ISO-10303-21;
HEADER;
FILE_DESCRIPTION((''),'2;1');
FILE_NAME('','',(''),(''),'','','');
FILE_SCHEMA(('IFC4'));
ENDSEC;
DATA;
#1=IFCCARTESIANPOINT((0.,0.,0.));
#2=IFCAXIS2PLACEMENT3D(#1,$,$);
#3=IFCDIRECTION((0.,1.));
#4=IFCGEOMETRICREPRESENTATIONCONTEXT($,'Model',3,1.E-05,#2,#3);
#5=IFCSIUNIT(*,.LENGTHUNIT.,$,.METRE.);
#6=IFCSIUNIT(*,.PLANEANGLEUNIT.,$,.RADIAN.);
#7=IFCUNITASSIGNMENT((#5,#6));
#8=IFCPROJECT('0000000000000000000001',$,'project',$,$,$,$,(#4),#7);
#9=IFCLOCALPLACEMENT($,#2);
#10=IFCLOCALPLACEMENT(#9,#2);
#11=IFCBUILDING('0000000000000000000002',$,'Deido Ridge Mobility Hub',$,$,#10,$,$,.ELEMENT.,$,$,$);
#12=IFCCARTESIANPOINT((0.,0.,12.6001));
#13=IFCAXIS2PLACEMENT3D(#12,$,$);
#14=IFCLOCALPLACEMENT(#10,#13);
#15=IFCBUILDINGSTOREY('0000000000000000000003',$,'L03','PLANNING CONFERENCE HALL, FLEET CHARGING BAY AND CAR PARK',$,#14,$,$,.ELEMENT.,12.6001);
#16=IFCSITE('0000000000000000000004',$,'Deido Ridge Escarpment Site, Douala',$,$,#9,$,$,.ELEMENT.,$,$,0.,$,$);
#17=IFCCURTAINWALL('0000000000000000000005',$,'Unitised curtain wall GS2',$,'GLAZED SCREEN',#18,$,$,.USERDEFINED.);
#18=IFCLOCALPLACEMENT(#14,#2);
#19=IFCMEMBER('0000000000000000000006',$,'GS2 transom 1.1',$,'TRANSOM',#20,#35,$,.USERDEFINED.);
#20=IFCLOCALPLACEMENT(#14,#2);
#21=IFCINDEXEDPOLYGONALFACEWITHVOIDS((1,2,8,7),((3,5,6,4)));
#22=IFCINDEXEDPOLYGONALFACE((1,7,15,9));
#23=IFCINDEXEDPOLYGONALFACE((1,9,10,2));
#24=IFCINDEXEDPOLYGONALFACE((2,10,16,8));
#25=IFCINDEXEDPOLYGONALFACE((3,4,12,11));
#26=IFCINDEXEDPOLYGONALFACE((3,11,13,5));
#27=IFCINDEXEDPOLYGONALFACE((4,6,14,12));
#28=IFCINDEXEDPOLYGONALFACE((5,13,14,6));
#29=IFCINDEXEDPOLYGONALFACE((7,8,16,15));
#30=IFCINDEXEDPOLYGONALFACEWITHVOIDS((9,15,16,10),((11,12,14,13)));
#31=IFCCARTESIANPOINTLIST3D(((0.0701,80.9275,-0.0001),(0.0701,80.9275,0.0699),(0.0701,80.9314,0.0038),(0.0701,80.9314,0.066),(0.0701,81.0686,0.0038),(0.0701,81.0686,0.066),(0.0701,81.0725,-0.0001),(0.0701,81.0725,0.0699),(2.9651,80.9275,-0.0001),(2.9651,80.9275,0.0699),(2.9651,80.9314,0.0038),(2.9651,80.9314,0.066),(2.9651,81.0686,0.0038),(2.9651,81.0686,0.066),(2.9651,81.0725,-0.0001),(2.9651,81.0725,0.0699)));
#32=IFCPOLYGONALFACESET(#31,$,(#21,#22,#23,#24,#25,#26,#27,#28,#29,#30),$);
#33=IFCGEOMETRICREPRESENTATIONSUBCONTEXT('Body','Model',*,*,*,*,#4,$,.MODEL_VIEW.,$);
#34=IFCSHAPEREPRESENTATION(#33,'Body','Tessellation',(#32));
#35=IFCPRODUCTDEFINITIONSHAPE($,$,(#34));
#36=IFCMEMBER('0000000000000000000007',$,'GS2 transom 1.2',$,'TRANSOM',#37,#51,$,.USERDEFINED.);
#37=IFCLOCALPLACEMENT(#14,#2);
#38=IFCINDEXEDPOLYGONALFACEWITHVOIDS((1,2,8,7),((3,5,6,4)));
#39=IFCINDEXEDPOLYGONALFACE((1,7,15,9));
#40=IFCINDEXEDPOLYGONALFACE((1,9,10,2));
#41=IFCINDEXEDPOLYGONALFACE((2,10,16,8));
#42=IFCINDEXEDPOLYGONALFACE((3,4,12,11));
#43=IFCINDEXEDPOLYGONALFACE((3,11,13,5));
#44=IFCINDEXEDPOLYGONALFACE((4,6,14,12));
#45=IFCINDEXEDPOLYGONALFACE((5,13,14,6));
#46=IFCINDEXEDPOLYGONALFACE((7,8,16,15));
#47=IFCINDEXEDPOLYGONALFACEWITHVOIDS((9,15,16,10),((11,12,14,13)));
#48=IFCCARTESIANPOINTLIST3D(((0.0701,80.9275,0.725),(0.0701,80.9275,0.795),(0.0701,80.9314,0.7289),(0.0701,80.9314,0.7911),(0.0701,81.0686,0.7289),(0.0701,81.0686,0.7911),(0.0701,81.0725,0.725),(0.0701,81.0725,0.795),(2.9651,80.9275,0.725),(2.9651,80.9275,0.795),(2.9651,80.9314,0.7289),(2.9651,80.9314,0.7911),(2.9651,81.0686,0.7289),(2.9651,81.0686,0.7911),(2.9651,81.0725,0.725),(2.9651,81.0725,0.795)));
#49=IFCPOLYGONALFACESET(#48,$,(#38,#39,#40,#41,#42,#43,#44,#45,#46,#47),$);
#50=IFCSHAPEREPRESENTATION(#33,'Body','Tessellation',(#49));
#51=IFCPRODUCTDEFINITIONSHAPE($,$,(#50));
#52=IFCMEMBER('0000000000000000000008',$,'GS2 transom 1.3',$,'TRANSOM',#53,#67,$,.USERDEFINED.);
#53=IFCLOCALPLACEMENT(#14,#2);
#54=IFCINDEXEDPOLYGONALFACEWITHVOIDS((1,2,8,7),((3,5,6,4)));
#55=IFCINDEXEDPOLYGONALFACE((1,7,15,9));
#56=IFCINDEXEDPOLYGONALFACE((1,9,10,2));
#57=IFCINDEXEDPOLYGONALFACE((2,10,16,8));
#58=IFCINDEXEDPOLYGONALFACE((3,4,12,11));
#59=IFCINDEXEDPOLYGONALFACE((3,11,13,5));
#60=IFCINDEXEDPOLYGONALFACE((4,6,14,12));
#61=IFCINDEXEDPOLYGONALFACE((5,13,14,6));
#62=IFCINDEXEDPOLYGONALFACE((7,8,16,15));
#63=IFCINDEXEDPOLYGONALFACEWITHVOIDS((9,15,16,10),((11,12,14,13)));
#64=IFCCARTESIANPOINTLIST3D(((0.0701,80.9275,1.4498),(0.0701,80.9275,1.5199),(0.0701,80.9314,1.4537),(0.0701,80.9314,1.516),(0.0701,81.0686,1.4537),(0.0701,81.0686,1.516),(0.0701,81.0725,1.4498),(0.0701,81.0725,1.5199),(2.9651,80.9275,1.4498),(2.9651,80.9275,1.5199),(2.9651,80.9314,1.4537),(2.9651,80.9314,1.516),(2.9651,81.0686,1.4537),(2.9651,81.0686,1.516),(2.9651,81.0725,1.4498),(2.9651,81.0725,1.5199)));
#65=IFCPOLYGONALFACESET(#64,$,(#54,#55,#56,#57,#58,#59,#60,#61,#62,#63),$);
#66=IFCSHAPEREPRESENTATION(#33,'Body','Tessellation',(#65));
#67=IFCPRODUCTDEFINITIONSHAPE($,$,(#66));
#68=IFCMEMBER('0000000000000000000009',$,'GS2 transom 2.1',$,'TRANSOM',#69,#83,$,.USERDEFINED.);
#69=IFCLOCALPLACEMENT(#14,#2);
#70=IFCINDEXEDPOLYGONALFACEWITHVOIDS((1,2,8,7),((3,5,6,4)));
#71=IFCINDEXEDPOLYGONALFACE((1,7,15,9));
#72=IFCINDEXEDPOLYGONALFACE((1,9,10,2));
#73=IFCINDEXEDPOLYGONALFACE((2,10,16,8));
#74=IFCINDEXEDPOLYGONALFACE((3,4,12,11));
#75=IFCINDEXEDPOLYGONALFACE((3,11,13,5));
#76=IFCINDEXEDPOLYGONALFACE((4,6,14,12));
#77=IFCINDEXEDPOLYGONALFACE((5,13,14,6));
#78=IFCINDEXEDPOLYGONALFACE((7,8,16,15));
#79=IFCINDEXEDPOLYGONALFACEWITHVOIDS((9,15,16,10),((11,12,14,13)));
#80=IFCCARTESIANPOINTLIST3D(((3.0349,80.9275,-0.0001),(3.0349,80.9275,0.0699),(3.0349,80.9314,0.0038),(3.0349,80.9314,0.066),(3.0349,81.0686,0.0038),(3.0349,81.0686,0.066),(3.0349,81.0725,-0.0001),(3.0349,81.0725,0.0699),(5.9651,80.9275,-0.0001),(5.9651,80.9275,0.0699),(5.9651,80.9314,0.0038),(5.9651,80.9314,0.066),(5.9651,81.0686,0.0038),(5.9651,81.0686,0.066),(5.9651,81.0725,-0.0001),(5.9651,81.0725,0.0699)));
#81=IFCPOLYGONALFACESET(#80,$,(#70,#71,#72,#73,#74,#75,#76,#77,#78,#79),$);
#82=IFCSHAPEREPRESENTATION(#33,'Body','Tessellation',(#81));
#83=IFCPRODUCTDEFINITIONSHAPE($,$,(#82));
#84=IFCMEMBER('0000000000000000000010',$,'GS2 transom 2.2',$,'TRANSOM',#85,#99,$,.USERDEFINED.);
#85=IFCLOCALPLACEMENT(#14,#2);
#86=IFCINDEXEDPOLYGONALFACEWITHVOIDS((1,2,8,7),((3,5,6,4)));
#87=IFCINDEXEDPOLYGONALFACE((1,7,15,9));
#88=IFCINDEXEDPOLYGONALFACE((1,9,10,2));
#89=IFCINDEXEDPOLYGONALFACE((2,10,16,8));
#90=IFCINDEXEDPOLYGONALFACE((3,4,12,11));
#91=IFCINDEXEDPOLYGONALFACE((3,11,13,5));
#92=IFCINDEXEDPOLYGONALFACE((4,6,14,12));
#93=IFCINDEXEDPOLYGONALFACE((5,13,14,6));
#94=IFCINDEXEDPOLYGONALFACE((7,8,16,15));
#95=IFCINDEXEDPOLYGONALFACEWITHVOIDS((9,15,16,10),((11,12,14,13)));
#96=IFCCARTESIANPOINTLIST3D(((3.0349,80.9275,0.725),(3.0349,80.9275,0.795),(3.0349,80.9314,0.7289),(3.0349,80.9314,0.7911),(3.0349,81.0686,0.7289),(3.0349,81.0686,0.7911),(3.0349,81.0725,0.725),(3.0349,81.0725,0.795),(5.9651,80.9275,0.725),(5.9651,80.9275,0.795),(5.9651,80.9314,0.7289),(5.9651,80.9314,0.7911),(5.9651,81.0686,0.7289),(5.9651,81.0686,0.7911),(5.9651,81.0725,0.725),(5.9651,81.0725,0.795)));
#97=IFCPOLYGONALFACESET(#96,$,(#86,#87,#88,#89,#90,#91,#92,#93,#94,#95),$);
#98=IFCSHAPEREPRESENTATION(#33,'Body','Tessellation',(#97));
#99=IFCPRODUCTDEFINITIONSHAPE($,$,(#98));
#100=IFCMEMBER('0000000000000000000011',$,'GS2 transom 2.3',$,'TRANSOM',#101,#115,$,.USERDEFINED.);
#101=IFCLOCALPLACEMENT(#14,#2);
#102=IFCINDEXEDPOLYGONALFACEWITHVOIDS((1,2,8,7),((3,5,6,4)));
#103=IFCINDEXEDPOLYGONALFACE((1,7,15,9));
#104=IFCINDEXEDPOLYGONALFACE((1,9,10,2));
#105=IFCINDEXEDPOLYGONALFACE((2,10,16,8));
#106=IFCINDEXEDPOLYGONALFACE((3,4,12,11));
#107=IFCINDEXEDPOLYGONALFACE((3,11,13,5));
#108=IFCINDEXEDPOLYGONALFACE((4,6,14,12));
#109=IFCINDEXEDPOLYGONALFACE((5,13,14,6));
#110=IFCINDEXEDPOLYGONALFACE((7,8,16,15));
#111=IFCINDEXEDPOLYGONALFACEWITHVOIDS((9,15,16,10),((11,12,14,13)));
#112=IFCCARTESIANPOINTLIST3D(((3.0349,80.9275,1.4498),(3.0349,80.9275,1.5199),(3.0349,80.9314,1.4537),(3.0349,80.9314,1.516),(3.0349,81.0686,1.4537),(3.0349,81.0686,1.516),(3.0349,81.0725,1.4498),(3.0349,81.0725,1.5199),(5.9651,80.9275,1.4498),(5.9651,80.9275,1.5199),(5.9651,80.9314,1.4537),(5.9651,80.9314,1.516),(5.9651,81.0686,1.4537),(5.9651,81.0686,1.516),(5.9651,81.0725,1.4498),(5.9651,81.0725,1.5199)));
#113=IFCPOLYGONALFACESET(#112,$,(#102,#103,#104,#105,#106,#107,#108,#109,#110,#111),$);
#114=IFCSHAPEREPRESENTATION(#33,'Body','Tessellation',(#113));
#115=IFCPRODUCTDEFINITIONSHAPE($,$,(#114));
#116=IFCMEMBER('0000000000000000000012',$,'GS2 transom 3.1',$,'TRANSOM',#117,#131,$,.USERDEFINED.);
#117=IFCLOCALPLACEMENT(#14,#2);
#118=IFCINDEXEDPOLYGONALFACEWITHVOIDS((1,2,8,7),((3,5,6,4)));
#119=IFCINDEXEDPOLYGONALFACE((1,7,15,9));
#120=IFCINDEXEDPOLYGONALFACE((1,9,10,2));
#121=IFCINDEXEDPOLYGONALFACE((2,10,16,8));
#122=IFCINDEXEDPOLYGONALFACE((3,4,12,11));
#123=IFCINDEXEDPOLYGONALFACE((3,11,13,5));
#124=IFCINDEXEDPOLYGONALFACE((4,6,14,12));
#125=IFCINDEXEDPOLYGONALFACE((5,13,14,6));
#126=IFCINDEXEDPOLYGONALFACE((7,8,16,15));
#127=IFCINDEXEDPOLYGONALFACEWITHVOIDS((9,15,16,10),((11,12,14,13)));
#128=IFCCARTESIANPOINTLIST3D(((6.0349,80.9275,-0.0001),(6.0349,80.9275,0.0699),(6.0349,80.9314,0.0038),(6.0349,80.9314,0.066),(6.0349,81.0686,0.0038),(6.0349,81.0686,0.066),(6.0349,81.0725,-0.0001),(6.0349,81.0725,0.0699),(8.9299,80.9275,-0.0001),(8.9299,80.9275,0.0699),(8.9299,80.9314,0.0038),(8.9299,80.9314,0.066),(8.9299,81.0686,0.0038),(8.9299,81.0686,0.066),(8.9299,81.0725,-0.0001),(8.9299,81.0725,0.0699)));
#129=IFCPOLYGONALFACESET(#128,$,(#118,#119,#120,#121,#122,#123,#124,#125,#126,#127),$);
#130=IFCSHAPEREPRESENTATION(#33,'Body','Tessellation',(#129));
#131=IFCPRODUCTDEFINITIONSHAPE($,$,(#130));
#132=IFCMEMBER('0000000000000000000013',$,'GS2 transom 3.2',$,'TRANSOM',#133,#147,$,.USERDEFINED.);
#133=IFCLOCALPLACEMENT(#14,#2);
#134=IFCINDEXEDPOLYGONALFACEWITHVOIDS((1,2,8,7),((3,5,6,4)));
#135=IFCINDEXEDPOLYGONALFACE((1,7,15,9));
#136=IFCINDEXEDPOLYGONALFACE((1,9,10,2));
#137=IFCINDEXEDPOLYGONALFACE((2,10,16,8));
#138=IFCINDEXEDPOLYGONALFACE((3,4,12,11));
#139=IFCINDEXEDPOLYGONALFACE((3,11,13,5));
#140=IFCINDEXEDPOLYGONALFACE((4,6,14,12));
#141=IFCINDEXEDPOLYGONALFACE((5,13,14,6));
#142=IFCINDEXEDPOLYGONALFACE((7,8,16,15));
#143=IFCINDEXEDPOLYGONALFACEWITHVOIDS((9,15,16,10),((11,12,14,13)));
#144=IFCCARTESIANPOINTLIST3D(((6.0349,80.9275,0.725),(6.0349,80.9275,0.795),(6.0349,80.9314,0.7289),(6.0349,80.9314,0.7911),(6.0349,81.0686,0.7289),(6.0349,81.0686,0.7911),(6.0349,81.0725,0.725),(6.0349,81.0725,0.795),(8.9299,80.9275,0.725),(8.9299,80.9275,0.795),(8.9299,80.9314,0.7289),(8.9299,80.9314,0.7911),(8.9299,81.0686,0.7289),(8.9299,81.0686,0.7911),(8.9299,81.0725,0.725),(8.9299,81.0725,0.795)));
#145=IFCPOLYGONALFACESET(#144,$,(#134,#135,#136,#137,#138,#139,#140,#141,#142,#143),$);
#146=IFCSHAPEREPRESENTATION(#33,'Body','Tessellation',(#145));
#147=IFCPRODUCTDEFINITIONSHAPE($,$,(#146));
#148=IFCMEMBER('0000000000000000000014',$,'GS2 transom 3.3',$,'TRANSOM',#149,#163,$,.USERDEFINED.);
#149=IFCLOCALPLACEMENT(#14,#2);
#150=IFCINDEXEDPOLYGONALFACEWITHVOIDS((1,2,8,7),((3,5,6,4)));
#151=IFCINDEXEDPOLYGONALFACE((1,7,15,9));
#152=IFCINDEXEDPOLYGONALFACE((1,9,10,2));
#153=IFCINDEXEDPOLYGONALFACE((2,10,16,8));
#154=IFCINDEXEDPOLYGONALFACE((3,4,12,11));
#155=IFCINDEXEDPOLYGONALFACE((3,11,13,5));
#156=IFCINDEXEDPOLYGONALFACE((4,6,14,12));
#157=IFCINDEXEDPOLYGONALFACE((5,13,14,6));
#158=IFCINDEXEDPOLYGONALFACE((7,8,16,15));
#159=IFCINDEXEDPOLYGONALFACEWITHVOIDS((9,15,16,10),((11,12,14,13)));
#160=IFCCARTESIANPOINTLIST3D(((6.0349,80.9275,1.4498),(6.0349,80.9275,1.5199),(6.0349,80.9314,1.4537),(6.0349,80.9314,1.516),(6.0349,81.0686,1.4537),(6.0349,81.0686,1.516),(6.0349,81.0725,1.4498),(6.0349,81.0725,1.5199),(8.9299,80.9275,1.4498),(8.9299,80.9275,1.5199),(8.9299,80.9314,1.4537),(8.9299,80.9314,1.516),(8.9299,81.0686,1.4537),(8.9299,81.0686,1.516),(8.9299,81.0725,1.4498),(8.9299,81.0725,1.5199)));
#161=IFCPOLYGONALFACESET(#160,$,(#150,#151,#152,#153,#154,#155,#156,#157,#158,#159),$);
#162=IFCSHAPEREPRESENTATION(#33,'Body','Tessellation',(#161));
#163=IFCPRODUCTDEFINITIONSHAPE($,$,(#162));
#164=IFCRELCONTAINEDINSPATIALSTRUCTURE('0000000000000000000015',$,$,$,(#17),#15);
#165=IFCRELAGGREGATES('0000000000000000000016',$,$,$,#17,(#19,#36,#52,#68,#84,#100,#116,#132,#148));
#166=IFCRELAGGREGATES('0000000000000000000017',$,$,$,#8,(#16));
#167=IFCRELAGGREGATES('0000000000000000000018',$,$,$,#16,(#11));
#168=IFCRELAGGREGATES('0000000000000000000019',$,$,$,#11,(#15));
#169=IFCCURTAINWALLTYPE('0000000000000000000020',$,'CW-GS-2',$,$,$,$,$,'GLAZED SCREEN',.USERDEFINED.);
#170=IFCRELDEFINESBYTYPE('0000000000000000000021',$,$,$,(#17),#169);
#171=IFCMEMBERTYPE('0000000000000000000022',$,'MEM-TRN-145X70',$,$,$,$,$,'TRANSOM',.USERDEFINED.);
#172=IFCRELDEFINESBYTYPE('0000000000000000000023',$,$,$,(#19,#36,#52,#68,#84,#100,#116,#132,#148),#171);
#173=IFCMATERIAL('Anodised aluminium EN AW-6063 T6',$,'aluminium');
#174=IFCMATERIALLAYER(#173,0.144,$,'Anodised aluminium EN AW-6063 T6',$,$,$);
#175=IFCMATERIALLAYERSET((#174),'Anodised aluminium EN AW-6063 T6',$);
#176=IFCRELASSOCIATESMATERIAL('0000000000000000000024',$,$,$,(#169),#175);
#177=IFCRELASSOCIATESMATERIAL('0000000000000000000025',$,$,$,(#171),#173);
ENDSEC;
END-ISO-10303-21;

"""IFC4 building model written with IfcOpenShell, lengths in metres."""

from ifc_helpers import new_model, si_unit, direction, frame, origin, origin_2d, place, context, subcontext, project, spatial, hollow_rectangle, extrude, material, layer, layer_set, material_profile, profile_set, type_object, element, aggregate, save


model = new_model("IFC4")

# Units and contexts
model_context = context("Model", 3, precision=1e-05, world=origin(), true_north=direction((0.0, 1.0)))
body_context = subcontext(model_context, "Body", "Model", "MODEL_VIEW")
ifc_project = project(units=[si_unit("LENGTHUNIT", "METRE"), si_unit("PLANEANGLEUNIT", "RADIAN")], contexts=[model_context])

# Site, building, storey
site_placement = place(None, origin())
site = spatial("IfcSite", under=ifc_project, at=site_placement, Name="Deido Ridge Escarpment Site, Douala", CompositionType="ELEMENT", RefElevation=0.0)
building_placement = place(site_placement, origin())
building = spatial("IfcBuilding", under=site, at=building_placement, Name="Deido Ridge Mobility Hub", CompositionType="ELEMENT")
storey_placement = place(building_placement, frame((0.0, 0.0, 12.6001)))
storey = spatial("IfcBuildingStorey", under=building, at=storey_placement, Name="L03", Description="PLANNING CONFERENCE HALL, FLEET CHARGING BAY AND CAR PARK", CompositionType="ELEMENT", Elevation=12.6001)

# Curtain wall
ifc_material_1 = material(Name="Anodised aluminium EN AW-6063 T6", Category="aluminium")
ifc_layer_1 = layer(ifc_material_1, 0.144, Name="Anodised aluminium EN AW-6063 T6")
ifc_layer_set_1 = layer_set([ifc_layer_1], Name="Anodised aluminium EN AW-6063 T6")
curtain_wall_type = type_object("IfcCurtainWallType", Name="CW-GS-2", ElementType="GLAZED SCREEN", PredefinedType="USERDEFINED", material=ifc_layer_set_1)
curtain_wall_placement = place(storey_placement, origin())
curtain_wall = element("IfcCurtainWall", 1, at=curtain_wall_placement, inside=storey, type_object=curtain_wall_type, Name="Unitised curtain wall GS2", ObjectType="GLAZED SCREEN", PredefinedType="USERDEFINED")

# Members
ifc_material_profile_1 = material_profile(ifc_material_1, hollow_rectangle(XDim=0.145, YDim=0.0701, WallThickness=0.0039, at=origin_2d()), Name="RHS 145x70x4")
ifc_profile_set_1 = profile_set([ifc_material_profile_1], Name="Anodised aluminium EN AW-6063 T6")
member_type_1 = type_object("IfcMemberType", Name="MEM-TRN-145X70", ElementType="TRANSOM", PredefinedType="USERDEFINED", material=ifc_profile_set_1)
member_1_placement = place(storey_placement, frame((0.0701, 81.0, 0.0349), z_axis=(1.0, 0.0, 0.0), x_axis=(0.0, 1.0, 0.0)))
member_1 = element("IfcMember", 2, at=member_1_placement, type_object=member_type_1, Name="GS2 transom 1.1", ObjectType="TRANSOM", PredefinedType="USERDEFINED", context=body_context, shape_type="SweptSolid", body=[
    extrude(hollow_rectangle(XDim=0.145, YDim=0.0701, WallThickness=0.0039, at=origin_2d()), origin(), (0.0, 0.0, 1.0), 2.895),
])
member_2_placement = place(storey_placement, frame((0.0701, 81.0, 0.76), z_axis=(1.0, 0.0, 0.0), x_axis=(0.0, 1.0, 0.0)))
member_2 = element("IfcMember", 3, at=member_2_placement, type_object=member_type_1, Name="GS2 transom 1.2", ObjectType="TRANSOM", PredefinedType="USERDEFINED", context=body_context, shape_type="SweptSolid", body=[
    extrude(hollow_rectangle(XDim=0.145, YDim=0.0701, WallThickness=0.0039, at=origin_2d()), origin(), (0.0, 0.0, 1.0), 2.895),
])
member_3_placement = place(storey_placement, frame((0.0701, 81.0, 1.4849), z_axis=(1.0, 0.0, 0.0), x_axis=(0.0, 1.0, 0.0)))
member_3 = element("IfcMember", 4, at=member_3_placement, type_object=member_type_1, Name="GS2 transom 1.3", ObjectType="TRANSOM", PredefinedType="USERDEFINED", context=body_context, shape_type="SweptSolid", body=[
    extrude(hollow_rectangle(XDim=0.145, YDim=0.0701, WallThickness=0.0039, at=origin_2d()), origin(), (0.0, 0.0, 1.0), 2.895),
])
member_4_placement = place(storey_placement, frame((3.0349, 81.0, 0.0349), z_axis=(1.0, 0.0, 0.0), x_axis=(0.0, 1.0, 0.0)))
member_4 = element("IfcMember", 5, at=member_4_placement, type_object=member_type_1, Name="GS2 transom 2.1", ObjectType="TRANSOM", PredefinedType="USERDEFINED", context=body_context, shape_type="SweptSolid", body=[
    extrude(hollow_rectangle(XDim=0.145, YDim=0.0701, WallThickness=0.0039, at=origin_2d()), origin(), (0.0, 0.0, 1.0), 2.9302),
])
member_5_placement = place(storey_placement, frame((3.0349, 81.0, 0.76), z_axis=(1.0, 0.0, 0.0), x_axis=(0.0, 1.0, 0.0)))
member_5 = element("IfcMember", 6, at=member_5_placement, type_object=member_type_1, Name="GS2 transom 2.2", ObjectType="TRANSOM", PredefinedType="USERDEFINED", context=body_context, shape_type="SweptSolid", body=[
    extrude(hollow_rectangle(XDim=0.145, YDim=0.0701, WallThickness=0.0039, at=origin_2d()), origin(), (0.0, 0.0, 1.0), 2.9302),
])
member_6_placement = place(storey_placement, frame((3.0349, 81.0, 1.4849), z_axis=(1.0, 0.0, 0.0), x_axis=(0.0, 1.0, 0.0)))
member_6 = element("IfcMember", 7, at=member_6_placement, type_object=member_type_1, Name="GS2 transom 2.3", ObjectType="TRANSOM", PredefinedType="USERDEFINED", context=body_context, shape_type="SweptSolid", body=[
    extrude(hollow_rectangle(XDim=0.145, YDim=0.0701, WallThickness=0.0039, at=origin_2d()), origin(), (0.0, 0.0, 1.0), 2.9302),
])
member_7_placement = place(storey_placement, frame((6.0349, 81.0, 0.0349), z_axis=(1.0, 0.0, 0.0), x_axis=(0.0, 1.0, 0.0)))
member_7 = element("IfcMember", 8, at=member_7_placement, type_object=member_type_1, Name="GS2 transom 3.1", ObjectType="TRANSOM", PredefinedType="USERDEFINED", context=body_context, shape_type="SweptSolid", body=[
    extrude(hollow_rectangle(XDim=0.145, YDim=0.0701, WallThickness=0.0039, at=origin_2d()), origin(), (0.0, 0.0, 1.0), 2.895),
])
member_8_placement = place(storey_placement, frame((6.0349, 81.0, 0.76), z_axis=(1.0, 0.0, 0.0), x_axis=(0.0, 1.0, 0.0)))
member_8 = element("IfcMember", 9, at=member_8_placement, type_object=member_type_1, Name="GS2 transom 3.2", ObjectType="TRANSOM", PredefinedType="USERDEFINED", context=body_context, shape_type="SweptSolid", body=[
    extrude(hollow_rectangle(XDim=0.145, YDim=0.0701, WallThickness=0.0039, at=origin_2d()), origin(), (0.0, 0.0, 1.0), 2.895),
])
member_9_placement = place(storey_placement, frame((6.0349, 81.0, 1.4849), z_axis=(1.0, 0.0, 0.0), x_axis=(0.0, 1.0, 0.0)))
member_9 = element("IfcMember", 10, at=member_9_placement, type_object=member_type_1, Name="GS2 transom 3.3", ObjectType="TRANSOM", PredefinedType="USERDEFINED", context=body_context, shape_type="SweptSolid", body=[
    extrude(hollow_rectangle(XDim=0.145, YDim=0.0701, WallThickness=0.0039, at=origin_2d()), origin(), (0.0, 0.0, 1.0), 2.895),
])

aggregate(curtain_wall, [member_1, member_2, member_3, member_4, member_5, member_6, member_7, member_8, member_9])

save(model, "model.ifc")
